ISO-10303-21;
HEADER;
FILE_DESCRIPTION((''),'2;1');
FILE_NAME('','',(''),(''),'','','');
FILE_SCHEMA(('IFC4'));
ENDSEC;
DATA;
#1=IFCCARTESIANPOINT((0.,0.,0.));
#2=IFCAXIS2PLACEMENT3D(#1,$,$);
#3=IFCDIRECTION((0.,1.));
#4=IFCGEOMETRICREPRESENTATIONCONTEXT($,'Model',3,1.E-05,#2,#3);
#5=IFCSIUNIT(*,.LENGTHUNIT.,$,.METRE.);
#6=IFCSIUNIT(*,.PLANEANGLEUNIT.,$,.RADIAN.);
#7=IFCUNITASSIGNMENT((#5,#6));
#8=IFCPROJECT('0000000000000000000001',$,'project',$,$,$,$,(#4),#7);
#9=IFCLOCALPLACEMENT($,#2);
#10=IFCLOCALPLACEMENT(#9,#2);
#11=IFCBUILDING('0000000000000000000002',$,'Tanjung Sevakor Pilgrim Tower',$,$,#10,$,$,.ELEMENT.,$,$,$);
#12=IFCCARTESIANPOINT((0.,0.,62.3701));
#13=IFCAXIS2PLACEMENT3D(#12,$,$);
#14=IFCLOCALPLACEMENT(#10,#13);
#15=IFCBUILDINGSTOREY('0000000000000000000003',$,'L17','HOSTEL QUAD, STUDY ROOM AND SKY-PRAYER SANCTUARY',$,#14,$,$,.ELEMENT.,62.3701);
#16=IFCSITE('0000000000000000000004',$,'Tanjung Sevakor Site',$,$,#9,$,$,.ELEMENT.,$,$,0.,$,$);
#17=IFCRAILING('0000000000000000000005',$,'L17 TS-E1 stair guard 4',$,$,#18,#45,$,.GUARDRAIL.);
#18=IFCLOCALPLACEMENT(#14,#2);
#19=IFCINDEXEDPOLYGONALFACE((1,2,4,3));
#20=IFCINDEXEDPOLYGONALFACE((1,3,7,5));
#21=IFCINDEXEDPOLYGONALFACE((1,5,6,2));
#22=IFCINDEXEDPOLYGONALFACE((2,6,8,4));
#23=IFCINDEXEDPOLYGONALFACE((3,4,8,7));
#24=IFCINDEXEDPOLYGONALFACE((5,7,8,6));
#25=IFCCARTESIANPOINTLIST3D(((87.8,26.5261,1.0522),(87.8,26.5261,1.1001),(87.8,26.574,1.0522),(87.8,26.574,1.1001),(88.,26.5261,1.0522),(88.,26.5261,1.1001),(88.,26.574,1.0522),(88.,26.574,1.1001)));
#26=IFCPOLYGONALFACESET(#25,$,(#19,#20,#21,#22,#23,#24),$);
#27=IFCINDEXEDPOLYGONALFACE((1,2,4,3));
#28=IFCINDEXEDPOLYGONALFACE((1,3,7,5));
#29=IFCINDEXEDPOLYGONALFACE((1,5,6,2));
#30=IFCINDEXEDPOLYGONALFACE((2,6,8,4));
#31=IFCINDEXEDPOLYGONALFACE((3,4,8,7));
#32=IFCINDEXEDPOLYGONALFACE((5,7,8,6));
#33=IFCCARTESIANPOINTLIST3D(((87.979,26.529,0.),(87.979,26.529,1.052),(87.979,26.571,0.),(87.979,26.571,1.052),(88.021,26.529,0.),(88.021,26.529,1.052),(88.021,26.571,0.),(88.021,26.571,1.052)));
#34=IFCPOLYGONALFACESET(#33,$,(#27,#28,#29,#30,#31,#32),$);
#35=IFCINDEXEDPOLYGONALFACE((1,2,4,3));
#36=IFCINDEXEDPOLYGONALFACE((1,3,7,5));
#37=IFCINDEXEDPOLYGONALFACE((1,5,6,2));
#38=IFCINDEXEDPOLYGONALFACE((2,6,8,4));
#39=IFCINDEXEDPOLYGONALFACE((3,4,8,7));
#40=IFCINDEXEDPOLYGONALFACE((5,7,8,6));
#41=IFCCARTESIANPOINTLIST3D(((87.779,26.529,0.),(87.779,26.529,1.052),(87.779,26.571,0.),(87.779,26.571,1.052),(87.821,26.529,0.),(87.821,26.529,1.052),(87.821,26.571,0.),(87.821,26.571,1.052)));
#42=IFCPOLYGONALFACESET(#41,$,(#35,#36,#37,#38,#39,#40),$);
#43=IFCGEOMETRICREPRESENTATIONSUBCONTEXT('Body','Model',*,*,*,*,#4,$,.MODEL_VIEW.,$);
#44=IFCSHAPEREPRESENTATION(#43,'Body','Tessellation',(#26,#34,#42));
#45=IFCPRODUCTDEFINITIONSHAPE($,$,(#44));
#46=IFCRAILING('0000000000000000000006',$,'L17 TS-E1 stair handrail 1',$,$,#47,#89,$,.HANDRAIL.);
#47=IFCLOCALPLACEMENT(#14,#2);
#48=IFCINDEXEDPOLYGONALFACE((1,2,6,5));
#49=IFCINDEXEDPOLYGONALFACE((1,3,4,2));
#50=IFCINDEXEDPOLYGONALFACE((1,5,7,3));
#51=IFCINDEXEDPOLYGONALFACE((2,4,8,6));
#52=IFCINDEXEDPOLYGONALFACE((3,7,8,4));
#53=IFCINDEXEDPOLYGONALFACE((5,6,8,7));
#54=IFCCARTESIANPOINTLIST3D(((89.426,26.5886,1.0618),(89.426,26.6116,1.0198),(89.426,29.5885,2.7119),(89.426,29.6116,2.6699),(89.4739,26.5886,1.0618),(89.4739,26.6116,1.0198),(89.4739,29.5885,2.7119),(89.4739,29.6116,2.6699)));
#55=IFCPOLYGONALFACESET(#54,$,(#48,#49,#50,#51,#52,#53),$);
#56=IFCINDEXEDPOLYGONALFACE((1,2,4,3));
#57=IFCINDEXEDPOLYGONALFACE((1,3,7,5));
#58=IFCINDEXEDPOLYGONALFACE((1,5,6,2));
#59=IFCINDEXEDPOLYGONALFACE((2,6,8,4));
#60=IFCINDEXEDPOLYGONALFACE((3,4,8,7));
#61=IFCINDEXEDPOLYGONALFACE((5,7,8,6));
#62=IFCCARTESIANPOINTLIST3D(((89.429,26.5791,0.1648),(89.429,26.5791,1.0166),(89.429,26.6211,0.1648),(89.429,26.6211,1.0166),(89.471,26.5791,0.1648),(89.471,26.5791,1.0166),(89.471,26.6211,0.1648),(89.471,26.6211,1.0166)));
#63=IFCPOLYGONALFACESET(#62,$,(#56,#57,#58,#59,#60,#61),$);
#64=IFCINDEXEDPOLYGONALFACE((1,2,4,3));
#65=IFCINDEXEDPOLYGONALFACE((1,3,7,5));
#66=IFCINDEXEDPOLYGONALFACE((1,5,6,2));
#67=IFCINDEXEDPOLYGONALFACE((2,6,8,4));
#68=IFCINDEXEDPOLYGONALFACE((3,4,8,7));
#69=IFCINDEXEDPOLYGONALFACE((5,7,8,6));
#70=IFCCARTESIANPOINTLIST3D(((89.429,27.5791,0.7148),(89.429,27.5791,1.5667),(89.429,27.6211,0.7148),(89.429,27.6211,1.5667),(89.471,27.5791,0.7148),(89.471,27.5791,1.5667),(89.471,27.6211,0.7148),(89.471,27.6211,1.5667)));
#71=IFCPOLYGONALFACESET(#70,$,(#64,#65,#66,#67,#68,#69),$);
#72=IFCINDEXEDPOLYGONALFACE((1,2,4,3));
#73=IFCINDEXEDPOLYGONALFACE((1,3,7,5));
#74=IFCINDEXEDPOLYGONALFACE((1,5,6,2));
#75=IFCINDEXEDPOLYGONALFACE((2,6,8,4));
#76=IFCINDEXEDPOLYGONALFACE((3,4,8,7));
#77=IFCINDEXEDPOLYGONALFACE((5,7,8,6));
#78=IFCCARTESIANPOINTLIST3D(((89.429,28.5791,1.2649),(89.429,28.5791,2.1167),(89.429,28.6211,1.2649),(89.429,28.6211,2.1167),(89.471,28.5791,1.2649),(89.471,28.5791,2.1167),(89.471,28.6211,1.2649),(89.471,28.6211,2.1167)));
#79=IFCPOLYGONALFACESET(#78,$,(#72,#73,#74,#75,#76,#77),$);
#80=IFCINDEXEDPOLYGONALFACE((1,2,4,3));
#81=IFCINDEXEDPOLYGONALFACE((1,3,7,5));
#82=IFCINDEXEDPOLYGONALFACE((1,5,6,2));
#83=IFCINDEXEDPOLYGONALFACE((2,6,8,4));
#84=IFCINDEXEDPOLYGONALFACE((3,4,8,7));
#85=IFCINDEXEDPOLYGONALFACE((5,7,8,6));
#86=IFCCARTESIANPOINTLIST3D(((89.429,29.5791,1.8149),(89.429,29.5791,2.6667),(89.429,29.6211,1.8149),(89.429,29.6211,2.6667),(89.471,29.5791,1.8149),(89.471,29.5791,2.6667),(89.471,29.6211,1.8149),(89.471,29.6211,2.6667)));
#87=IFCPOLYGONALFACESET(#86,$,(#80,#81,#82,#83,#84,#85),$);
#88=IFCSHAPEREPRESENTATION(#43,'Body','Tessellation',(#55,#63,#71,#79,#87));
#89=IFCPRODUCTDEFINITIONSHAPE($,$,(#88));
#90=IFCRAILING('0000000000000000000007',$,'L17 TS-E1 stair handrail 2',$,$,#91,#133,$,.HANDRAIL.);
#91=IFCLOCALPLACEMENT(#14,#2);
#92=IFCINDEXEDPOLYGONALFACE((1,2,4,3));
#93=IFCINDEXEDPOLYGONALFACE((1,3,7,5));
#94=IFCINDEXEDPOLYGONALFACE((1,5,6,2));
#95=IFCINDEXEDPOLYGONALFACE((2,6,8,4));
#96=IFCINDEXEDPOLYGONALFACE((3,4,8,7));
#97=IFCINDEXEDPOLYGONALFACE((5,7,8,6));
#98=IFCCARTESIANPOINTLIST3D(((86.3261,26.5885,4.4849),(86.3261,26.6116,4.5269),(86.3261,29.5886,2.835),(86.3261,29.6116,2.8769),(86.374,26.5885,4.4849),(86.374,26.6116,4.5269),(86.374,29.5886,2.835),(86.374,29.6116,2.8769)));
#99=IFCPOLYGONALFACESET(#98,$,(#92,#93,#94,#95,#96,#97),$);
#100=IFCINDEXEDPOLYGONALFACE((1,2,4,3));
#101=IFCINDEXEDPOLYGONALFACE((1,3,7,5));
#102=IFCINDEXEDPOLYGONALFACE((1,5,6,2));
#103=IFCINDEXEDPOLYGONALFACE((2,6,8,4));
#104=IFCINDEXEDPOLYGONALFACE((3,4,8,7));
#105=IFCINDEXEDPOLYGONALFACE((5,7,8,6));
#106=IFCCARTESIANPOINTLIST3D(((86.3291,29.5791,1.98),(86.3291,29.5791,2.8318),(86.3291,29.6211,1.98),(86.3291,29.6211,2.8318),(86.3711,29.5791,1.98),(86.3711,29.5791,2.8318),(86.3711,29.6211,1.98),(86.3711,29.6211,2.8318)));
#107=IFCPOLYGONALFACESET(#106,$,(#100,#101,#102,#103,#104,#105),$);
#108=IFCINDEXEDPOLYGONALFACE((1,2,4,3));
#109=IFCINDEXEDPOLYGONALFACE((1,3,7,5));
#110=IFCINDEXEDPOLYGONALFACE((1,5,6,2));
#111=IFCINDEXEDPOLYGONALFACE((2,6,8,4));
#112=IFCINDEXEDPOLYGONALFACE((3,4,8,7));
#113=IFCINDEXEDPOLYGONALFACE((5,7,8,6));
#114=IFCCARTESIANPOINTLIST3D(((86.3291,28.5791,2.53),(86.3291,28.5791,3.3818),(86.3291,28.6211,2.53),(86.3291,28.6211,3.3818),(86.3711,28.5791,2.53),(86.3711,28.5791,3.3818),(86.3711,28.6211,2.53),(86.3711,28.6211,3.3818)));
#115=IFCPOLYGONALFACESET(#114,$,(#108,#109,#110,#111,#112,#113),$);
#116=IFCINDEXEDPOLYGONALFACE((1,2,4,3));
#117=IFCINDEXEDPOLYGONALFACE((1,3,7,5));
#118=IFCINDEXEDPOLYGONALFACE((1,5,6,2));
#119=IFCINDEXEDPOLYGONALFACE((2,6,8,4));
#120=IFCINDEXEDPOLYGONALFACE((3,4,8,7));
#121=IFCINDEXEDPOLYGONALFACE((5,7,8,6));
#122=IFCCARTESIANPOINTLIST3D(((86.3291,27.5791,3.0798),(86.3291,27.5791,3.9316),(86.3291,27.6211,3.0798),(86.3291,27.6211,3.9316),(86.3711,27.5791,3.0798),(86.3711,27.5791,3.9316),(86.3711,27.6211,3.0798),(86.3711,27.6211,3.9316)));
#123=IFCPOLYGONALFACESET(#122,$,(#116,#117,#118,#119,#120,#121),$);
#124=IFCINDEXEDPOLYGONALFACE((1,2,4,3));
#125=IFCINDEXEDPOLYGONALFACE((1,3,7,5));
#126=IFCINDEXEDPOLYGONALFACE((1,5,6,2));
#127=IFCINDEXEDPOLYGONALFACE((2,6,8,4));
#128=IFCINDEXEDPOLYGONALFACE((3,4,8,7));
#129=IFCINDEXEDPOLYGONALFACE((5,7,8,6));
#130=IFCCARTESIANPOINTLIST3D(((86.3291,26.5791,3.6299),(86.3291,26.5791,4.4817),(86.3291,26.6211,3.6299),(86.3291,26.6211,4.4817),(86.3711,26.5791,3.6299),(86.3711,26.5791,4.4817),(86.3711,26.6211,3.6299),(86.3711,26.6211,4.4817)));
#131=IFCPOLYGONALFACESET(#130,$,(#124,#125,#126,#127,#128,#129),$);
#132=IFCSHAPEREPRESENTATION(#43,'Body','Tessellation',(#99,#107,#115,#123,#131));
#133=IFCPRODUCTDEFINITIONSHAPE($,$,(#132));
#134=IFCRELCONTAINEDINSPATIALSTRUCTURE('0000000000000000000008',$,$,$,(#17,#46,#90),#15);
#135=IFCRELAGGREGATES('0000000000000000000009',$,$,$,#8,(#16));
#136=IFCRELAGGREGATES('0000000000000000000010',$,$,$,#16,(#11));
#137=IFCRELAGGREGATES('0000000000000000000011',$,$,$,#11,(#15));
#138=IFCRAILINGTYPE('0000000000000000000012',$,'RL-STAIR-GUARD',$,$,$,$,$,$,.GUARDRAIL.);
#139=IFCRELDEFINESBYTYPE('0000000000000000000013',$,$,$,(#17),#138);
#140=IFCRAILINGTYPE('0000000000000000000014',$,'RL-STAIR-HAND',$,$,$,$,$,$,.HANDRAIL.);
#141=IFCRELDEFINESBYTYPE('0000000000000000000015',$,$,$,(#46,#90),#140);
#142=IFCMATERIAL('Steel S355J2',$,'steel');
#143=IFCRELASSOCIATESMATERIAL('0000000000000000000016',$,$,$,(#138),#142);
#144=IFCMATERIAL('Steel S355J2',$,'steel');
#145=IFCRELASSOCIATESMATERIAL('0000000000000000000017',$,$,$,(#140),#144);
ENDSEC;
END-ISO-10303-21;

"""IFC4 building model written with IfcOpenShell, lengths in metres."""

from ifc_helpers import new_model, si_unit, direction, frame, origin, place, context, subcontext, project, spatial, rectangle, extrude, material, type_object, element, save


model = new_model("IFC4")

# Units and contexts
model_context = context("Model", 3, precision=1e-05, world=origin(), true_north=direction((0.0, 1.0)))
body_context = subcontext(model_context, "Body", "Model", "MODEL_VIEW")
ifc_project = project(units=[si_unit("LENGTHUNIT", "METRE"), si_unit("PLANEANGLEUNIT", "RADIAN")], contexts=[model_context])

# Site, building, storey
site_placement = place(None, origin())
site = spatial("IfcSite", under=ifc_project, at=site_placement, Name="Tanjung Sevakor Site", CompositionType="ELEMENT", RefElevation=0.0)
building_placement = place(site_placement, origin())
building = spatial("IfcBuilding", under=site, at=building_placement, Name="Tanjung Sevakor Pilgrim Tower", CompositionType="ELEMENT")
storey_placement = place(building_placement, frame((0.0, 0.0, 62.3701)))
storey = spatial("IfcBuildingStorey", under=building, at=storey_placement, Name="L17", Description="HOSTEL QUAD, STUDY ROOM AND SKY-PRAYER SANCTUARY", CompositionType="ELEMENT", Elevation=62.3701)

# Railings
ifc_material_1 = material(Name="Steel S355J2", Category="steel")
railing_type_1 = type_object("IfcRailingType", Name="RL-STAIR-GUARD", PredefinedType="GUARDRAIL", material=ifc_material_1)
railing_1_placement = place(storey_placement, frame((88.0, 26.55, 0.0)))
element("IfcRailing", 1, at=railing_1_placement, inside=storey, type_object=railing_type_1, Name="L17 TS-E1 stair guard 4", PredefinedType="GUARDRAIL", context=body_context, shape_type="SweptSolid", body=[
    extrude(rectangle(XDim=0.0479, YDim=0.0479), frame((0.0, 0.0, 1.0762), z_axis=(-1.0, 0.0, 0.0), x_axis=(0.0, -1.0, 0.0)), (0.0, 0.0, 1.0), 0.2),
    extrude(rectangle(XDim=0.042, YDim=0.042), origin(), (0.0, 0.0, 1.0), 1.052),
    extrude(rectangle(XDim=0.042, YDim=0.042), frame((-0.2, 0.0, 0.0)), (0.0, 0.0, 1.0), 1.052),
])
ifc_material_2 = material(Name="Steel S355J2", Category="steel")
railing_type_2 = type_object("IfcRailingType", Name="RL-STAIR-HAND", PredefinedType="HANDRAIL", material=ifc_material_2)
railing_2_placement = place(storey_placement, frame((89.45, 26.6001, 0.1648)))
element("IfcRailing", 2, at=railing_2_placement, inside=storey, type_object=railing_type_2, Name="L17 TS-E1 stair handrail 1", PredefinedType="HANDRAIL", context=body_context, shape_type="SweptSolid", body=[
    extrude(rectangle(XDim=0.0479, YDim=0.0479), frame((0.0, 0.0, 0.876), z_axis=(0.0, 0.876198, 0.481952), x_axis=(-1.0, 0.0, 0.0)), (0.0, 0.0, 1.0), 3.4238),
    extrude(rectangle(XDim=0.042, YDim=0.042), origin(), (0.0, 0.0, 1.0), 0.8518),
    extrude(rectangle(XDim=0.042, YDim=0.042), frame((0.0, 1.0, 0.55)), (0.0, 0.0, 1.0), 0.8518),
    extrude(rectangle(XDim=0.042, YDim=0.042), frame((0.0, 2.0, 1.1001)), (0.0, 0.0, 1.0), 0.8518),
    extrude(rectangle(XDim=0.042, YDim=0.042), frame((0.0, 3.0, 1.6501)), (0.0, 0.0, 1.0), 0.8518),
])
railing_3_placement = place(storey_placement, frame((86.3501, 29.6001, 1.98)))
element("IfcRailing", 3, at=railing_3_placement, inside=storey, type_object=railing_type_2, Name="L17 TS-E1 stair handrail 2", PredefinedType="HANDRAIL", context=body_context, shape_type="SweptSolid", body=[
    extrude(rectangle(XDim=0.0479, YDim=0.0479), frame((0.0, 0.0, 0.876), z_axis=(0.0, -0.876228, 0.481897), x_axis=(1.0, 0.0, 0.0)), (0.0, 0.0, 1.0), 3.4238),
    extrude(rectangle(XDim=0.042, YDim=0.042), origin(), (0.0, 0.0, 1.0), 0.8518),
    extrude(rectangle(XDim=0.042, YDim=0.042), frame((0.0, -1.0, 0.55)), (0.0, 0.0, 1.0), 0.8518),
    extrude(rectangle(XDim=0.042, YDim=0.042), frame((0.0, -2.0, 1.0999)), (0.0, 0.0, 1.0), 0.8518),
    extrude(rectangle(XDim=0.042, YDim=0.042), frame((0.0, -3.0, 1.6499)), (0.0, 0.0, 1.0), 0.8518),
])

save(model, "model.ifc")
